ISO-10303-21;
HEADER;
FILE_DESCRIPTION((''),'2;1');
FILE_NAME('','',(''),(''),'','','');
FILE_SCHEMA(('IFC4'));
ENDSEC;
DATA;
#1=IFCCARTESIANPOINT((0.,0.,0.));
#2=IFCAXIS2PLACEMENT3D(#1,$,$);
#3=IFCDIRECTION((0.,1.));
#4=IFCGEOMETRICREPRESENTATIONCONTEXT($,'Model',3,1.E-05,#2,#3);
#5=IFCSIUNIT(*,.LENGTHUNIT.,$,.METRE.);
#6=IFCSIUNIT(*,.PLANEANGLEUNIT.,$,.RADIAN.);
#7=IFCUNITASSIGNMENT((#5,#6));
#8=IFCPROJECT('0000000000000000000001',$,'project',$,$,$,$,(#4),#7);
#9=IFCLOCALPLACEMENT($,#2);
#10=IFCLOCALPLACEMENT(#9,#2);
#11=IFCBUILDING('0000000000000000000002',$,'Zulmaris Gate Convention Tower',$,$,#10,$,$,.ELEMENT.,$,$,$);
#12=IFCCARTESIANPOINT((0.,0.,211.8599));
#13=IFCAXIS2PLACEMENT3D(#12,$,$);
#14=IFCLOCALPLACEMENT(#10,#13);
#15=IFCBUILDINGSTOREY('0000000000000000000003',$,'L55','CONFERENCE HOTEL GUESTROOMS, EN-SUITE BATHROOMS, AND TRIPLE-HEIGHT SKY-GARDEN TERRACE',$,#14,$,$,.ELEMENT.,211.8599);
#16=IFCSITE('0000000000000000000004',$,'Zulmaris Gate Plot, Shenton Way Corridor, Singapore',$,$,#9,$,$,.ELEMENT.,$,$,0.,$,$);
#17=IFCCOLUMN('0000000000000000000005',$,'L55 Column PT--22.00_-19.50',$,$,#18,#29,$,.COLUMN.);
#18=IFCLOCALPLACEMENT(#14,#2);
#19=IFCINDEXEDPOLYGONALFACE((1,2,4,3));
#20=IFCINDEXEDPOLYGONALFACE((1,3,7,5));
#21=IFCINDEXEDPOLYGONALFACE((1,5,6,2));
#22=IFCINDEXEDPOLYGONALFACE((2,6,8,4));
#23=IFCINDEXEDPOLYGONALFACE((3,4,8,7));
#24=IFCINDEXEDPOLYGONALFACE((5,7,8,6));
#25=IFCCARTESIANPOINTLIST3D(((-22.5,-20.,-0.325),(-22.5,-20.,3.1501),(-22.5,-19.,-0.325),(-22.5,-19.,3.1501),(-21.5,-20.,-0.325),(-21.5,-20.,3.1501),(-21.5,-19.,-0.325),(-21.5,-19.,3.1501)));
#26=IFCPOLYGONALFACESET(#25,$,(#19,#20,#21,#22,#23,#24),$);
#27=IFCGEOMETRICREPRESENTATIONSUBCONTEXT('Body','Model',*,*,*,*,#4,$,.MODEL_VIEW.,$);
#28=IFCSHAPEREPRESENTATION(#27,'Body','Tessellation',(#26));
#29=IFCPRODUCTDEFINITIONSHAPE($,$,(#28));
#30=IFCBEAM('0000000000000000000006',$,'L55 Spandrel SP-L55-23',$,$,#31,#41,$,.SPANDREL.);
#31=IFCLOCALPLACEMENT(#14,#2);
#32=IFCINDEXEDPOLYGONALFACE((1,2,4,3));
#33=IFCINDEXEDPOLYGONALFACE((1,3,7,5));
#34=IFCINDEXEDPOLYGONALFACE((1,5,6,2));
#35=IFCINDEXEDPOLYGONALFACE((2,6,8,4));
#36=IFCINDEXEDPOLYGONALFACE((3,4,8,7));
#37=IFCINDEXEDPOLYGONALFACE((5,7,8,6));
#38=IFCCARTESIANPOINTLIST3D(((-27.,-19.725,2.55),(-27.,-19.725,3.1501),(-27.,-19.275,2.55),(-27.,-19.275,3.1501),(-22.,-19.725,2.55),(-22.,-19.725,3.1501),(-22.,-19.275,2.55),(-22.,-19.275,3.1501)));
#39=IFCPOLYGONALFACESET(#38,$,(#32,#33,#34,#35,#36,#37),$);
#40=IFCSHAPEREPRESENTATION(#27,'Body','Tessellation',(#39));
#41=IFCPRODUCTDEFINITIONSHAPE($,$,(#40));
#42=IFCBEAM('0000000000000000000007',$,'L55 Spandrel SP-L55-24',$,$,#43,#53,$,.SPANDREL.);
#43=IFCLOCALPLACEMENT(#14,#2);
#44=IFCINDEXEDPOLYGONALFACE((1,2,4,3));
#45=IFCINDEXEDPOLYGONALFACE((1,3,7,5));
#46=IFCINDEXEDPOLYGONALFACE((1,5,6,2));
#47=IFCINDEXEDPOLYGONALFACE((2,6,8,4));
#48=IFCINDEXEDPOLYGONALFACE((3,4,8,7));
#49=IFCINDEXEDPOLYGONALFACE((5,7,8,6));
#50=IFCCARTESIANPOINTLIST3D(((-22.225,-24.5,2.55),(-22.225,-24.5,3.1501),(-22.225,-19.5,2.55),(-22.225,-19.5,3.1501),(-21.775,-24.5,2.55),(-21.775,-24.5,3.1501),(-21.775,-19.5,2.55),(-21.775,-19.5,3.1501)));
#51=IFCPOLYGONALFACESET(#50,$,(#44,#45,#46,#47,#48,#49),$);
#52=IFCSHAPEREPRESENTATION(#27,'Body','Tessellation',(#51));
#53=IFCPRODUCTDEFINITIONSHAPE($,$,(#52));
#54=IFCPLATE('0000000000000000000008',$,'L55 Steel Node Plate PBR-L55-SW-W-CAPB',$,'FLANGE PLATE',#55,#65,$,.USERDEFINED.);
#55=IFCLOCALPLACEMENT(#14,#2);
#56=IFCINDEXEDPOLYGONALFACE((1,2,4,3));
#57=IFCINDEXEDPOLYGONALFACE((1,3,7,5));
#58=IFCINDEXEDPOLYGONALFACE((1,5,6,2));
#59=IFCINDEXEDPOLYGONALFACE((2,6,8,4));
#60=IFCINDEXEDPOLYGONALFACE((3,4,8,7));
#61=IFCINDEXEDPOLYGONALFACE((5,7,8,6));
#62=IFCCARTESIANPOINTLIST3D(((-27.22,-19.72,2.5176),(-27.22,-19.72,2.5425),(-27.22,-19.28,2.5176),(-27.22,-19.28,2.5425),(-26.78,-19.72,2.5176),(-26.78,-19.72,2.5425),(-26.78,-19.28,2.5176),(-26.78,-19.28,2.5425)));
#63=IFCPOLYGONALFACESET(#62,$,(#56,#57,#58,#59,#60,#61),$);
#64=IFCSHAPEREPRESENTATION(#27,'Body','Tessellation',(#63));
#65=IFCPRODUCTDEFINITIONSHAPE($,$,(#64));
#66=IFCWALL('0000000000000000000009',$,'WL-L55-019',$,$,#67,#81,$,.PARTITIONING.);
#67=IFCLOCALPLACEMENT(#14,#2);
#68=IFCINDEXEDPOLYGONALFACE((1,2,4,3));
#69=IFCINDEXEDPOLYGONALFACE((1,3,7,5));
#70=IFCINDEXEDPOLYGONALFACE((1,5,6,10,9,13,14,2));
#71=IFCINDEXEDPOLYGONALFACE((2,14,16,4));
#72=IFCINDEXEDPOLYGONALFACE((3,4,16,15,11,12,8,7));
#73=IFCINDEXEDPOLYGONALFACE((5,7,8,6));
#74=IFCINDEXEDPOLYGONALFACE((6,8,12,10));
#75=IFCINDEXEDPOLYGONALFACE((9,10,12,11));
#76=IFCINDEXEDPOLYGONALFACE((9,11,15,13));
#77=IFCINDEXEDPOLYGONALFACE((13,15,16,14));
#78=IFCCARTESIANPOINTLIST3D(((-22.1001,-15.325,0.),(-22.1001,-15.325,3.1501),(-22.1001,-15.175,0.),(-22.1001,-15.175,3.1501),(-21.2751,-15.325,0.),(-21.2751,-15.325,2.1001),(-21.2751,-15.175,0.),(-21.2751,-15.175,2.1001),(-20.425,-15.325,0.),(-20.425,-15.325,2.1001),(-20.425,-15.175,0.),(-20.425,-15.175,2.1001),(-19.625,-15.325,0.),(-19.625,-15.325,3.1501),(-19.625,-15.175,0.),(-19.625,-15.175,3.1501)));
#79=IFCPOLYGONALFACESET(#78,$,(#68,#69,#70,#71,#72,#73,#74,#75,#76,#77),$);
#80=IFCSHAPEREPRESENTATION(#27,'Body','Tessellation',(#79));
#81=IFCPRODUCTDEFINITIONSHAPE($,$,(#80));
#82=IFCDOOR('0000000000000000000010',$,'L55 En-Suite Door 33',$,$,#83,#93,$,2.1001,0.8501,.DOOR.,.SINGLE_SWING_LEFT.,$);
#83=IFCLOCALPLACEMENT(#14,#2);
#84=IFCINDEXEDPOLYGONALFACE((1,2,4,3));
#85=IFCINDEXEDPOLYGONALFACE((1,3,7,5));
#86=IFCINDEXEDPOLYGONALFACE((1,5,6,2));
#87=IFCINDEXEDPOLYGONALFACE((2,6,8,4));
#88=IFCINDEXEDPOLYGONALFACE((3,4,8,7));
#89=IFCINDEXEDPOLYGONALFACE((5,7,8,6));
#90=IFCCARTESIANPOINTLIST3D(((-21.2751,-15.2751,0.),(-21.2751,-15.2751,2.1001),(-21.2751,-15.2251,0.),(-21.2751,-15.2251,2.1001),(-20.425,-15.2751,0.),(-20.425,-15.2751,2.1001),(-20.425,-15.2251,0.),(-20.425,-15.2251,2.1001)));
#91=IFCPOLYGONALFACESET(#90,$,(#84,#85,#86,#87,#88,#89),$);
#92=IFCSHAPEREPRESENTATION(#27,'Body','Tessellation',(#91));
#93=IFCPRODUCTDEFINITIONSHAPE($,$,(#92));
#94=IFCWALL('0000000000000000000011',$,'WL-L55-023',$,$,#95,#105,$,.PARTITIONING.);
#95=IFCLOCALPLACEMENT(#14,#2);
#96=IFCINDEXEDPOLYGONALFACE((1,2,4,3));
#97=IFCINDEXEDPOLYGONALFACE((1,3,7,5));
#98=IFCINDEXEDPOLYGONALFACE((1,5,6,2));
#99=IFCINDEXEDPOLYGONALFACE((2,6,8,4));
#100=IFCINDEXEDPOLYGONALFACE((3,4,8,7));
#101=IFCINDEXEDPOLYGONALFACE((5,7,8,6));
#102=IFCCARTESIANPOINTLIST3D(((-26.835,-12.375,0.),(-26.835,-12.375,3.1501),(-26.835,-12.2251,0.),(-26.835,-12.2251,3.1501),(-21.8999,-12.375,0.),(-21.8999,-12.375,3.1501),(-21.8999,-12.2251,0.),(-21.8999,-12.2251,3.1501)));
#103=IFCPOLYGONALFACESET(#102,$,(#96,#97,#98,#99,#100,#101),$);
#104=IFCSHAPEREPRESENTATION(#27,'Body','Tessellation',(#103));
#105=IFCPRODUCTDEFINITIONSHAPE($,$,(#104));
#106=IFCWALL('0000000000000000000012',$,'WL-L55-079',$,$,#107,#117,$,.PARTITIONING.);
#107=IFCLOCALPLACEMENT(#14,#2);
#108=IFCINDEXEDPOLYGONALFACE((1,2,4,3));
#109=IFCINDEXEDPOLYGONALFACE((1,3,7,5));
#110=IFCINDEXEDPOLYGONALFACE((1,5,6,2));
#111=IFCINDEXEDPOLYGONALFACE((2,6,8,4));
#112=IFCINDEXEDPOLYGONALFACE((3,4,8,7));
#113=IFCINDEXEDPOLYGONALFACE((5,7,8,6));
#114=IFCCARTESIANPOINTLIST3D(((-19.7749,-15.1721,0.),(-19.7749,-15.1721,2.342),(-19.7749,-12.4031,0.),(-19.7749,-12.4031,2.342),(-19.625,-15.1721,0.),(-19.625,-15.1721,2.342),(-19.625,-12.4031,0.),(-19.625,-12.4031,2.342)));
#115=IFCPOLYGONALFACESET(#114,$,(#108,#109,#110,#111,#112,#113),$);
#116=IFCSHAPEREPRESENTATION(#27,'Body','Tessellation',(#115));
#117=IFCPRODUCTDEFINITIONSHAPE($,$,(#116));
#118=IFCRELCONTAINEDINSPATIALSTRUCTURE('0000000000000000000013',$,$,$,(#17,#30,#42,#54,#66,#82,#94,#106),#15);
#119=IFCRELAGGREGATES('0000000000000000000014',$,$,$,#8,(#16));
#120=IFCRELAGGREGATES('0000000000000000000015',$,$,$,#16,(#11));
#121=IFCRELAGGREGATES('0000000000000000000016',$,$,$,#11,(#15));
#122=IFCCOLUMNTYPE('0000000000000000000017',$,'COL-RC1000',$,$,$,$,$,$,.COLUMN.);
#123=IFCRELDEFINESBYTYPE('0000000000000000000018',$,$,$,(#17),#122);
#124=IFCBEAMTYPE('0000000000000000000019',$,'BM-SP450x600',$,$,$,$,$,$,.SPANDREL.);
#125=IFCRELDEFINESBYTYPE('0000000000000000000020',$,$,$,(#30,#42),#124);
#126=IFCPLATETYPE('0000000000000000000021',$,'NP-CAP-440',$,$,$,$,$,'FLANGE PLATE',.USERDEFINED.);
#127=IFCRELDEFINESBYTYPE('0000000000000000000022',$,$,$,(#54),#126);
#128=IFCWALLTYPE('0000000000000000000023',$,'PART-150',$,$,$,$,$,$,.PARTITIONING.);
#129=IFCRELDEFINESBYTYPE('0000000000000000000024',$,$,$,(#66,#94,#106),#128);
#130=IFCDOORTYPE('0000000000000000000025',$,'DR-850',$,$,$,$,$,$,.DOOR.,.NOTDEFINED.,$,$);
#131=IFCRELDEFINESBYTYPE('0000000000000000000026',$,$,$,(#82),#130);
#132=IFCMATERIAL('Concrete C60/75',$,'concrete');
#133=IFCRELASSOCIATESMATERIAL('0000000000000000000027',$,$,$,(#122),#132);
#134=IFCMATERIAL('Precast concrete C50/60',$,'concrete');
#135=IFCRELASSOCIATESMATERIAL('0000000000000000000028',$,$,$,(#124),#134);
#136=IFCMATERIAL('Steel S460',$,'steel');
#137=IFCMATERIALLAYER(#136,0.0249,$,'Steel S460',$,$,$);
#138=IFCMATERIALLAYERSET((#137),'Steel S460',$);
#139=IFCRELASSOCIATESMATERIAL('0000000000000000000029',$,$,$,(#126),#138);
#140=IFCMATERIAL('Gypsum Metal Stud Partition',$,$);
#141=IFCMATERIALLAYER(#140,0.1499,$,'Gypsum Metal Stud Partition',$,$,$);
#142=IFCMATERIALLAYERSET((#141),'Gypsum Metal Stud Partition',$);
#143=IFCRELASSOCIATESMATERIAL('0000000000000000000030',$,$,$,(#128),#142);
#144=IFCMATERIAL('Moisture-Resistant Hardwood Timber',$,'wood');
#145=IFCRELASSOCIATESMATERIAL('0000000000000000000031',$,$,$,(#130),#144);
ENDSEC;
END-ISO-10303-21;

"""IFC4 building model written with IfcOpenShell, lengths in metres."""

from ifc_helpers import new_model, si_unit, direction, frame, frame_2d, origin, origin_2d, place, context, subcontext, project, spatial, rectangle, extrude, material, layer, layer_set, material_profile, profile_set, type_object, element, fill, save


model = new_model("IFC4")

# Units and contexts
model_context = context("Model", 3, precision=1e-05, world=origin(), true_north=direction((0.0, 1.0)))
body_context = subcontext(model_context, "Body", "Model", "MODEL_VIEW")
ifc_project = project(units=[si_unit("LENGTHUNIT", "METRE"), si_unit("PLANEANGLEUNIT", "RADIAN")], contexts=[model_context])

# Site, building, storey
site_placement = place(None, origin())
site = spatial("IfcSite", under=ifc_project, at=site_placement, Name="Zulmaris Gate Plot, Shenton Way Corridor, Singapore", CompositionType="ELEMENT", RefElevation=0.0)
building_placement = place(site_placement, origin())
building = spatial("IfcBuilding", under=site, at=building_placement, Name="Zulmaris Gate Convention Tower", CompositionType="ELEMENT")
storey_placement = place(building_placement, frame((0.0, 0.0, 211.8599)))
storey = spatial("IfcBuildingStorey", under=building, at=storey_placement, Name="L55", Description="CONFERENCE HOTEL GUESTROOMS, EN-SUITE BATHROOMS, AND TRIPLE-HEIGHT SKY-GARDEN TERRACE", CompositionType="ELEMENT", Elevation=211.8599)

# Column
ifc_material_1 = material(Name="Concrete C60/75", Category="concrete")
ifc_material_profile_1 = material_profile(ifc_material_1, rectangle(XDim=1.0, YDim=1.0, at=origin_2d()), Name="RC COL 1000x1000")
ifc_profile_set_1 = profile_set([ifc_material_profile_1], Name="Concrete C60/75")
column_type = type_object("IfcColumnType", Name="COL-RC1000", PredefinedType="COLUMN", material=ifc_profile_set_1)
column_placement = place(storey_placement, frame((-22.0, -19.5, -0.325), z_axis=(0.0, 0.0, 1.0), x_axis=(1.0, 0.0, 0.0)))
element("IfcColumn", 1, at=column_placement, inside=storey, type_object=column_type, Name="L55 Column PT--22.00_-19.50", PredefinedType="COLUMN", context=body_context, shape_type="SweptSolid", body=[
    extrude(rectangle(XDim=1.0, YDim=1.0, at=origin_2d()), origin(), (0.0, 0.0, 1.0), 3.4751),
])

# Beams
ifc_material_2 = material(Name="Precast concrete C50/60", Category="concrete")
ifc_material_profile_2 = material_profile(ifc_material_2, rectangle(XDim=0.45, YDim=0.6001, at=origin_2d()), Name="RC SPANDREL 450x600")
ifc_profile_set_2 = profile_set([ifc_material_profile_2], Name="Precast concrete C50/60")
beam_type = type_object("IfcBeamType", Name="BM-SP450x600", PredefinedType="SPANDREL", material=ifc_profile_set_2)
for number, where, z_axis, x_axis, name in (
    (2, (-27.0, -19.5, 2.8501), (1.0, 0.0, 0.0), (0.0, 1.0, 0.0), "L55 Spandrel SP-L55-23"),
    (3, (-22.0, -19.5, 2.8501), (0.0, -1.0, 0.0), (1.0, 0.0, 0.0), "L55 Spandrel SP-L55-24"),
):
    element("IfcBeam", number, at=place(storey_placement, frame(where, z_axis=z_axis, x_axis=x_axis)), inside=storey, type_object=beam_type, Name=name, PredefinedType="SPANDREL", context=body_context, shape_type="SweptSolid", body=[
        extrude(rectangle(XDim=0.45, YDim=0.6001, at=origin_2d()), origin(), (0.0, 0.0, 1.0), 5.0),
    ])

# Plate
ifc_material_3 = material(Name="Steel S460", Category="steel")
ifc_layer_1 = layer(ifc_material_3, 0.0249, Name="Steel S460")
ifc_layer_set_1 = layer_set([ifc_layer_1], Name="Steel S460")
plate_type = type_object("IfcPlateType", Name="NP-CAP-440", ElementType="FLANGE PLATE", PredefinedType="USERDEFINED", material=ifc_layer_set_1)
plate_placement = place(storey_placement, frame((-27.0, -19.5, 2.5176), z_axis=(0.0, 0.0, 1.0), x_axis=(1.0, 0.0, 0.0)))
element("IfcPlate", 4, at=plate_placement, inside=storey, type_object=plate_type, Name="L55 Steel Node Plate PBR-L55-SW-W-CAPB", ObjectType="FLANGE PLATE", PredefinedType="USERDEFINED", context=body_context, shape_type="SweptSolid", body=[
    extrude(rectangle(XDim=0.4399, YDim=0.4399, at=origin_2d()), origin(), (0.0, 0.0, 1.0), 0.0249),
])

# Wall, opening, door
ifc_material_4 = material(Name="Gypsum Metal Stud Partition")
ifc_layer_2 = layer(ifc_material_4, 0.1499, Name="Gypsum Metal Stud Partition")
ifc_layer_set_2 = layer_set([ifc_layer_2], Name="Gypsum Metal Stud Partition")
wall_type_1 = type_object("IfcWallType", Name="PART-150", PredefinedType="PARTITIONING", material=ifc_layer_set_2)
wall_1_placement = place(storey_placement, frame((-22.1001, -15.25, 0.0), z_axis=(0.0, 0.0, 1.0), x_axis=(1.0, 0.0, 0.0)))
wall_1 = element("IfcWall", 5, at=wall_1_placement, inside=storey, type_object=wall_type_1, Name="WL-L55-019", PredefinedType="PARTITIONING", context=body_context, shape_type="SweptSolid", body=[
    extrude(rectangle(XDim=2.4751, YDim=0.1499, at=frame_2d((1.2375, 0.0))), origin(), (0.0, 0.0, 1.0), 3.1501),
])
opening_1_placement = place(wall_1_placement, frame((0.825, 0.0, 0.0)))
opening_1 = element("IfcOpeningElement", 6, at=opening_1_placement, cuts=wall_1, PredefinedType="OPENING", context=body_context, shape_type="SweptSolid", body=[
    extrude(rectangle(XDim=0.8501, YDim=2.1001, at=frame_2d((0.425, 1.05))), frame((0.0, 0.085, 0.0), z_axis=(0.0, -1.0, 0.0), x_axis=(1.0, 0.0, 0.0)), (0.0, 0.0, 1.0), 0.1699),
])
ifc_material_5 = material(Name="Moisture-Resistant Hardwood Timber", Category="wood")
door_type_1 = type_object("IfcDoorType", Name="DR-850", OperationType="NOTDEFINED", PredefinedType="DOOR", material=ifc_material_5)
door_1_placement = place(opening_1_placement, origin())
door_1 = element("IfcDoor", 7, at=door_1_placement, inside=storey, type_object=door_type_1, Name="L55 En-Suite Door 33", OperationType="SINGLE_SWING_LEFT", OverallHeight=2.1001, OverallWidth=0.8501, PredefinedType="DOOR", context=body_context, shape_type="SweptSolid", body=[
    extrude(rectangle(XDim=0.8501, YDim=2.1001, at=frame_2d((0.425, 1.05))), frame((0.0, 0.0249, 0.0), z_axis=(0.0, -1.0, 0.0), x_axis=(1.0, 0.0, 0.0)), (0.0, 0.0, 1.0), 0.05),
])
fill(opening_1, door_1)

# Wall
wall_2_placement = place(storey_placement, frame((-26.835, -12.3, 0.0), z_axis=(0.0, 0.0, 1.0), x_axis=(1.0, 0.0, 0.0)))
element("IfcWall", 8, at=wall_2_placement, inside=storey, type_object=wall_type_1, Name="WL-L55-023", PredefinedType="PARTITIONING", context=body_context, shape_type="SweptSolid", body=[
    extrude(rectangle(XDim=4.9351, YDim=0.1499, at=frame_2d((2.4675, 0.0))), origin(), (0.0, 0.0, 1.0), 3.1501),
])

# Wall
wall_3_placement = place(storey_placement, frame((-19.7, -15.1721, 0.0), z_axis=(0.0, 0.0, 1.0), x_axis=(0.0, 1.0, 0.0)))
element("IfcWall", 9, at=wall_3_placement, inside=storey, type_object=wall_type_1, Name="WL-L55-079", PredefinedType="PARTITIONING", context=body_context, shape_type="SweptSolid", body=[
    extrude(rectangle(XDim=2.769, YDim=0.1499, at=frame_2d((1.3845, 0.0))), origin(), (0.0, 0.0, 1.0), 2.342),
])

save(model, "model.ifc")
